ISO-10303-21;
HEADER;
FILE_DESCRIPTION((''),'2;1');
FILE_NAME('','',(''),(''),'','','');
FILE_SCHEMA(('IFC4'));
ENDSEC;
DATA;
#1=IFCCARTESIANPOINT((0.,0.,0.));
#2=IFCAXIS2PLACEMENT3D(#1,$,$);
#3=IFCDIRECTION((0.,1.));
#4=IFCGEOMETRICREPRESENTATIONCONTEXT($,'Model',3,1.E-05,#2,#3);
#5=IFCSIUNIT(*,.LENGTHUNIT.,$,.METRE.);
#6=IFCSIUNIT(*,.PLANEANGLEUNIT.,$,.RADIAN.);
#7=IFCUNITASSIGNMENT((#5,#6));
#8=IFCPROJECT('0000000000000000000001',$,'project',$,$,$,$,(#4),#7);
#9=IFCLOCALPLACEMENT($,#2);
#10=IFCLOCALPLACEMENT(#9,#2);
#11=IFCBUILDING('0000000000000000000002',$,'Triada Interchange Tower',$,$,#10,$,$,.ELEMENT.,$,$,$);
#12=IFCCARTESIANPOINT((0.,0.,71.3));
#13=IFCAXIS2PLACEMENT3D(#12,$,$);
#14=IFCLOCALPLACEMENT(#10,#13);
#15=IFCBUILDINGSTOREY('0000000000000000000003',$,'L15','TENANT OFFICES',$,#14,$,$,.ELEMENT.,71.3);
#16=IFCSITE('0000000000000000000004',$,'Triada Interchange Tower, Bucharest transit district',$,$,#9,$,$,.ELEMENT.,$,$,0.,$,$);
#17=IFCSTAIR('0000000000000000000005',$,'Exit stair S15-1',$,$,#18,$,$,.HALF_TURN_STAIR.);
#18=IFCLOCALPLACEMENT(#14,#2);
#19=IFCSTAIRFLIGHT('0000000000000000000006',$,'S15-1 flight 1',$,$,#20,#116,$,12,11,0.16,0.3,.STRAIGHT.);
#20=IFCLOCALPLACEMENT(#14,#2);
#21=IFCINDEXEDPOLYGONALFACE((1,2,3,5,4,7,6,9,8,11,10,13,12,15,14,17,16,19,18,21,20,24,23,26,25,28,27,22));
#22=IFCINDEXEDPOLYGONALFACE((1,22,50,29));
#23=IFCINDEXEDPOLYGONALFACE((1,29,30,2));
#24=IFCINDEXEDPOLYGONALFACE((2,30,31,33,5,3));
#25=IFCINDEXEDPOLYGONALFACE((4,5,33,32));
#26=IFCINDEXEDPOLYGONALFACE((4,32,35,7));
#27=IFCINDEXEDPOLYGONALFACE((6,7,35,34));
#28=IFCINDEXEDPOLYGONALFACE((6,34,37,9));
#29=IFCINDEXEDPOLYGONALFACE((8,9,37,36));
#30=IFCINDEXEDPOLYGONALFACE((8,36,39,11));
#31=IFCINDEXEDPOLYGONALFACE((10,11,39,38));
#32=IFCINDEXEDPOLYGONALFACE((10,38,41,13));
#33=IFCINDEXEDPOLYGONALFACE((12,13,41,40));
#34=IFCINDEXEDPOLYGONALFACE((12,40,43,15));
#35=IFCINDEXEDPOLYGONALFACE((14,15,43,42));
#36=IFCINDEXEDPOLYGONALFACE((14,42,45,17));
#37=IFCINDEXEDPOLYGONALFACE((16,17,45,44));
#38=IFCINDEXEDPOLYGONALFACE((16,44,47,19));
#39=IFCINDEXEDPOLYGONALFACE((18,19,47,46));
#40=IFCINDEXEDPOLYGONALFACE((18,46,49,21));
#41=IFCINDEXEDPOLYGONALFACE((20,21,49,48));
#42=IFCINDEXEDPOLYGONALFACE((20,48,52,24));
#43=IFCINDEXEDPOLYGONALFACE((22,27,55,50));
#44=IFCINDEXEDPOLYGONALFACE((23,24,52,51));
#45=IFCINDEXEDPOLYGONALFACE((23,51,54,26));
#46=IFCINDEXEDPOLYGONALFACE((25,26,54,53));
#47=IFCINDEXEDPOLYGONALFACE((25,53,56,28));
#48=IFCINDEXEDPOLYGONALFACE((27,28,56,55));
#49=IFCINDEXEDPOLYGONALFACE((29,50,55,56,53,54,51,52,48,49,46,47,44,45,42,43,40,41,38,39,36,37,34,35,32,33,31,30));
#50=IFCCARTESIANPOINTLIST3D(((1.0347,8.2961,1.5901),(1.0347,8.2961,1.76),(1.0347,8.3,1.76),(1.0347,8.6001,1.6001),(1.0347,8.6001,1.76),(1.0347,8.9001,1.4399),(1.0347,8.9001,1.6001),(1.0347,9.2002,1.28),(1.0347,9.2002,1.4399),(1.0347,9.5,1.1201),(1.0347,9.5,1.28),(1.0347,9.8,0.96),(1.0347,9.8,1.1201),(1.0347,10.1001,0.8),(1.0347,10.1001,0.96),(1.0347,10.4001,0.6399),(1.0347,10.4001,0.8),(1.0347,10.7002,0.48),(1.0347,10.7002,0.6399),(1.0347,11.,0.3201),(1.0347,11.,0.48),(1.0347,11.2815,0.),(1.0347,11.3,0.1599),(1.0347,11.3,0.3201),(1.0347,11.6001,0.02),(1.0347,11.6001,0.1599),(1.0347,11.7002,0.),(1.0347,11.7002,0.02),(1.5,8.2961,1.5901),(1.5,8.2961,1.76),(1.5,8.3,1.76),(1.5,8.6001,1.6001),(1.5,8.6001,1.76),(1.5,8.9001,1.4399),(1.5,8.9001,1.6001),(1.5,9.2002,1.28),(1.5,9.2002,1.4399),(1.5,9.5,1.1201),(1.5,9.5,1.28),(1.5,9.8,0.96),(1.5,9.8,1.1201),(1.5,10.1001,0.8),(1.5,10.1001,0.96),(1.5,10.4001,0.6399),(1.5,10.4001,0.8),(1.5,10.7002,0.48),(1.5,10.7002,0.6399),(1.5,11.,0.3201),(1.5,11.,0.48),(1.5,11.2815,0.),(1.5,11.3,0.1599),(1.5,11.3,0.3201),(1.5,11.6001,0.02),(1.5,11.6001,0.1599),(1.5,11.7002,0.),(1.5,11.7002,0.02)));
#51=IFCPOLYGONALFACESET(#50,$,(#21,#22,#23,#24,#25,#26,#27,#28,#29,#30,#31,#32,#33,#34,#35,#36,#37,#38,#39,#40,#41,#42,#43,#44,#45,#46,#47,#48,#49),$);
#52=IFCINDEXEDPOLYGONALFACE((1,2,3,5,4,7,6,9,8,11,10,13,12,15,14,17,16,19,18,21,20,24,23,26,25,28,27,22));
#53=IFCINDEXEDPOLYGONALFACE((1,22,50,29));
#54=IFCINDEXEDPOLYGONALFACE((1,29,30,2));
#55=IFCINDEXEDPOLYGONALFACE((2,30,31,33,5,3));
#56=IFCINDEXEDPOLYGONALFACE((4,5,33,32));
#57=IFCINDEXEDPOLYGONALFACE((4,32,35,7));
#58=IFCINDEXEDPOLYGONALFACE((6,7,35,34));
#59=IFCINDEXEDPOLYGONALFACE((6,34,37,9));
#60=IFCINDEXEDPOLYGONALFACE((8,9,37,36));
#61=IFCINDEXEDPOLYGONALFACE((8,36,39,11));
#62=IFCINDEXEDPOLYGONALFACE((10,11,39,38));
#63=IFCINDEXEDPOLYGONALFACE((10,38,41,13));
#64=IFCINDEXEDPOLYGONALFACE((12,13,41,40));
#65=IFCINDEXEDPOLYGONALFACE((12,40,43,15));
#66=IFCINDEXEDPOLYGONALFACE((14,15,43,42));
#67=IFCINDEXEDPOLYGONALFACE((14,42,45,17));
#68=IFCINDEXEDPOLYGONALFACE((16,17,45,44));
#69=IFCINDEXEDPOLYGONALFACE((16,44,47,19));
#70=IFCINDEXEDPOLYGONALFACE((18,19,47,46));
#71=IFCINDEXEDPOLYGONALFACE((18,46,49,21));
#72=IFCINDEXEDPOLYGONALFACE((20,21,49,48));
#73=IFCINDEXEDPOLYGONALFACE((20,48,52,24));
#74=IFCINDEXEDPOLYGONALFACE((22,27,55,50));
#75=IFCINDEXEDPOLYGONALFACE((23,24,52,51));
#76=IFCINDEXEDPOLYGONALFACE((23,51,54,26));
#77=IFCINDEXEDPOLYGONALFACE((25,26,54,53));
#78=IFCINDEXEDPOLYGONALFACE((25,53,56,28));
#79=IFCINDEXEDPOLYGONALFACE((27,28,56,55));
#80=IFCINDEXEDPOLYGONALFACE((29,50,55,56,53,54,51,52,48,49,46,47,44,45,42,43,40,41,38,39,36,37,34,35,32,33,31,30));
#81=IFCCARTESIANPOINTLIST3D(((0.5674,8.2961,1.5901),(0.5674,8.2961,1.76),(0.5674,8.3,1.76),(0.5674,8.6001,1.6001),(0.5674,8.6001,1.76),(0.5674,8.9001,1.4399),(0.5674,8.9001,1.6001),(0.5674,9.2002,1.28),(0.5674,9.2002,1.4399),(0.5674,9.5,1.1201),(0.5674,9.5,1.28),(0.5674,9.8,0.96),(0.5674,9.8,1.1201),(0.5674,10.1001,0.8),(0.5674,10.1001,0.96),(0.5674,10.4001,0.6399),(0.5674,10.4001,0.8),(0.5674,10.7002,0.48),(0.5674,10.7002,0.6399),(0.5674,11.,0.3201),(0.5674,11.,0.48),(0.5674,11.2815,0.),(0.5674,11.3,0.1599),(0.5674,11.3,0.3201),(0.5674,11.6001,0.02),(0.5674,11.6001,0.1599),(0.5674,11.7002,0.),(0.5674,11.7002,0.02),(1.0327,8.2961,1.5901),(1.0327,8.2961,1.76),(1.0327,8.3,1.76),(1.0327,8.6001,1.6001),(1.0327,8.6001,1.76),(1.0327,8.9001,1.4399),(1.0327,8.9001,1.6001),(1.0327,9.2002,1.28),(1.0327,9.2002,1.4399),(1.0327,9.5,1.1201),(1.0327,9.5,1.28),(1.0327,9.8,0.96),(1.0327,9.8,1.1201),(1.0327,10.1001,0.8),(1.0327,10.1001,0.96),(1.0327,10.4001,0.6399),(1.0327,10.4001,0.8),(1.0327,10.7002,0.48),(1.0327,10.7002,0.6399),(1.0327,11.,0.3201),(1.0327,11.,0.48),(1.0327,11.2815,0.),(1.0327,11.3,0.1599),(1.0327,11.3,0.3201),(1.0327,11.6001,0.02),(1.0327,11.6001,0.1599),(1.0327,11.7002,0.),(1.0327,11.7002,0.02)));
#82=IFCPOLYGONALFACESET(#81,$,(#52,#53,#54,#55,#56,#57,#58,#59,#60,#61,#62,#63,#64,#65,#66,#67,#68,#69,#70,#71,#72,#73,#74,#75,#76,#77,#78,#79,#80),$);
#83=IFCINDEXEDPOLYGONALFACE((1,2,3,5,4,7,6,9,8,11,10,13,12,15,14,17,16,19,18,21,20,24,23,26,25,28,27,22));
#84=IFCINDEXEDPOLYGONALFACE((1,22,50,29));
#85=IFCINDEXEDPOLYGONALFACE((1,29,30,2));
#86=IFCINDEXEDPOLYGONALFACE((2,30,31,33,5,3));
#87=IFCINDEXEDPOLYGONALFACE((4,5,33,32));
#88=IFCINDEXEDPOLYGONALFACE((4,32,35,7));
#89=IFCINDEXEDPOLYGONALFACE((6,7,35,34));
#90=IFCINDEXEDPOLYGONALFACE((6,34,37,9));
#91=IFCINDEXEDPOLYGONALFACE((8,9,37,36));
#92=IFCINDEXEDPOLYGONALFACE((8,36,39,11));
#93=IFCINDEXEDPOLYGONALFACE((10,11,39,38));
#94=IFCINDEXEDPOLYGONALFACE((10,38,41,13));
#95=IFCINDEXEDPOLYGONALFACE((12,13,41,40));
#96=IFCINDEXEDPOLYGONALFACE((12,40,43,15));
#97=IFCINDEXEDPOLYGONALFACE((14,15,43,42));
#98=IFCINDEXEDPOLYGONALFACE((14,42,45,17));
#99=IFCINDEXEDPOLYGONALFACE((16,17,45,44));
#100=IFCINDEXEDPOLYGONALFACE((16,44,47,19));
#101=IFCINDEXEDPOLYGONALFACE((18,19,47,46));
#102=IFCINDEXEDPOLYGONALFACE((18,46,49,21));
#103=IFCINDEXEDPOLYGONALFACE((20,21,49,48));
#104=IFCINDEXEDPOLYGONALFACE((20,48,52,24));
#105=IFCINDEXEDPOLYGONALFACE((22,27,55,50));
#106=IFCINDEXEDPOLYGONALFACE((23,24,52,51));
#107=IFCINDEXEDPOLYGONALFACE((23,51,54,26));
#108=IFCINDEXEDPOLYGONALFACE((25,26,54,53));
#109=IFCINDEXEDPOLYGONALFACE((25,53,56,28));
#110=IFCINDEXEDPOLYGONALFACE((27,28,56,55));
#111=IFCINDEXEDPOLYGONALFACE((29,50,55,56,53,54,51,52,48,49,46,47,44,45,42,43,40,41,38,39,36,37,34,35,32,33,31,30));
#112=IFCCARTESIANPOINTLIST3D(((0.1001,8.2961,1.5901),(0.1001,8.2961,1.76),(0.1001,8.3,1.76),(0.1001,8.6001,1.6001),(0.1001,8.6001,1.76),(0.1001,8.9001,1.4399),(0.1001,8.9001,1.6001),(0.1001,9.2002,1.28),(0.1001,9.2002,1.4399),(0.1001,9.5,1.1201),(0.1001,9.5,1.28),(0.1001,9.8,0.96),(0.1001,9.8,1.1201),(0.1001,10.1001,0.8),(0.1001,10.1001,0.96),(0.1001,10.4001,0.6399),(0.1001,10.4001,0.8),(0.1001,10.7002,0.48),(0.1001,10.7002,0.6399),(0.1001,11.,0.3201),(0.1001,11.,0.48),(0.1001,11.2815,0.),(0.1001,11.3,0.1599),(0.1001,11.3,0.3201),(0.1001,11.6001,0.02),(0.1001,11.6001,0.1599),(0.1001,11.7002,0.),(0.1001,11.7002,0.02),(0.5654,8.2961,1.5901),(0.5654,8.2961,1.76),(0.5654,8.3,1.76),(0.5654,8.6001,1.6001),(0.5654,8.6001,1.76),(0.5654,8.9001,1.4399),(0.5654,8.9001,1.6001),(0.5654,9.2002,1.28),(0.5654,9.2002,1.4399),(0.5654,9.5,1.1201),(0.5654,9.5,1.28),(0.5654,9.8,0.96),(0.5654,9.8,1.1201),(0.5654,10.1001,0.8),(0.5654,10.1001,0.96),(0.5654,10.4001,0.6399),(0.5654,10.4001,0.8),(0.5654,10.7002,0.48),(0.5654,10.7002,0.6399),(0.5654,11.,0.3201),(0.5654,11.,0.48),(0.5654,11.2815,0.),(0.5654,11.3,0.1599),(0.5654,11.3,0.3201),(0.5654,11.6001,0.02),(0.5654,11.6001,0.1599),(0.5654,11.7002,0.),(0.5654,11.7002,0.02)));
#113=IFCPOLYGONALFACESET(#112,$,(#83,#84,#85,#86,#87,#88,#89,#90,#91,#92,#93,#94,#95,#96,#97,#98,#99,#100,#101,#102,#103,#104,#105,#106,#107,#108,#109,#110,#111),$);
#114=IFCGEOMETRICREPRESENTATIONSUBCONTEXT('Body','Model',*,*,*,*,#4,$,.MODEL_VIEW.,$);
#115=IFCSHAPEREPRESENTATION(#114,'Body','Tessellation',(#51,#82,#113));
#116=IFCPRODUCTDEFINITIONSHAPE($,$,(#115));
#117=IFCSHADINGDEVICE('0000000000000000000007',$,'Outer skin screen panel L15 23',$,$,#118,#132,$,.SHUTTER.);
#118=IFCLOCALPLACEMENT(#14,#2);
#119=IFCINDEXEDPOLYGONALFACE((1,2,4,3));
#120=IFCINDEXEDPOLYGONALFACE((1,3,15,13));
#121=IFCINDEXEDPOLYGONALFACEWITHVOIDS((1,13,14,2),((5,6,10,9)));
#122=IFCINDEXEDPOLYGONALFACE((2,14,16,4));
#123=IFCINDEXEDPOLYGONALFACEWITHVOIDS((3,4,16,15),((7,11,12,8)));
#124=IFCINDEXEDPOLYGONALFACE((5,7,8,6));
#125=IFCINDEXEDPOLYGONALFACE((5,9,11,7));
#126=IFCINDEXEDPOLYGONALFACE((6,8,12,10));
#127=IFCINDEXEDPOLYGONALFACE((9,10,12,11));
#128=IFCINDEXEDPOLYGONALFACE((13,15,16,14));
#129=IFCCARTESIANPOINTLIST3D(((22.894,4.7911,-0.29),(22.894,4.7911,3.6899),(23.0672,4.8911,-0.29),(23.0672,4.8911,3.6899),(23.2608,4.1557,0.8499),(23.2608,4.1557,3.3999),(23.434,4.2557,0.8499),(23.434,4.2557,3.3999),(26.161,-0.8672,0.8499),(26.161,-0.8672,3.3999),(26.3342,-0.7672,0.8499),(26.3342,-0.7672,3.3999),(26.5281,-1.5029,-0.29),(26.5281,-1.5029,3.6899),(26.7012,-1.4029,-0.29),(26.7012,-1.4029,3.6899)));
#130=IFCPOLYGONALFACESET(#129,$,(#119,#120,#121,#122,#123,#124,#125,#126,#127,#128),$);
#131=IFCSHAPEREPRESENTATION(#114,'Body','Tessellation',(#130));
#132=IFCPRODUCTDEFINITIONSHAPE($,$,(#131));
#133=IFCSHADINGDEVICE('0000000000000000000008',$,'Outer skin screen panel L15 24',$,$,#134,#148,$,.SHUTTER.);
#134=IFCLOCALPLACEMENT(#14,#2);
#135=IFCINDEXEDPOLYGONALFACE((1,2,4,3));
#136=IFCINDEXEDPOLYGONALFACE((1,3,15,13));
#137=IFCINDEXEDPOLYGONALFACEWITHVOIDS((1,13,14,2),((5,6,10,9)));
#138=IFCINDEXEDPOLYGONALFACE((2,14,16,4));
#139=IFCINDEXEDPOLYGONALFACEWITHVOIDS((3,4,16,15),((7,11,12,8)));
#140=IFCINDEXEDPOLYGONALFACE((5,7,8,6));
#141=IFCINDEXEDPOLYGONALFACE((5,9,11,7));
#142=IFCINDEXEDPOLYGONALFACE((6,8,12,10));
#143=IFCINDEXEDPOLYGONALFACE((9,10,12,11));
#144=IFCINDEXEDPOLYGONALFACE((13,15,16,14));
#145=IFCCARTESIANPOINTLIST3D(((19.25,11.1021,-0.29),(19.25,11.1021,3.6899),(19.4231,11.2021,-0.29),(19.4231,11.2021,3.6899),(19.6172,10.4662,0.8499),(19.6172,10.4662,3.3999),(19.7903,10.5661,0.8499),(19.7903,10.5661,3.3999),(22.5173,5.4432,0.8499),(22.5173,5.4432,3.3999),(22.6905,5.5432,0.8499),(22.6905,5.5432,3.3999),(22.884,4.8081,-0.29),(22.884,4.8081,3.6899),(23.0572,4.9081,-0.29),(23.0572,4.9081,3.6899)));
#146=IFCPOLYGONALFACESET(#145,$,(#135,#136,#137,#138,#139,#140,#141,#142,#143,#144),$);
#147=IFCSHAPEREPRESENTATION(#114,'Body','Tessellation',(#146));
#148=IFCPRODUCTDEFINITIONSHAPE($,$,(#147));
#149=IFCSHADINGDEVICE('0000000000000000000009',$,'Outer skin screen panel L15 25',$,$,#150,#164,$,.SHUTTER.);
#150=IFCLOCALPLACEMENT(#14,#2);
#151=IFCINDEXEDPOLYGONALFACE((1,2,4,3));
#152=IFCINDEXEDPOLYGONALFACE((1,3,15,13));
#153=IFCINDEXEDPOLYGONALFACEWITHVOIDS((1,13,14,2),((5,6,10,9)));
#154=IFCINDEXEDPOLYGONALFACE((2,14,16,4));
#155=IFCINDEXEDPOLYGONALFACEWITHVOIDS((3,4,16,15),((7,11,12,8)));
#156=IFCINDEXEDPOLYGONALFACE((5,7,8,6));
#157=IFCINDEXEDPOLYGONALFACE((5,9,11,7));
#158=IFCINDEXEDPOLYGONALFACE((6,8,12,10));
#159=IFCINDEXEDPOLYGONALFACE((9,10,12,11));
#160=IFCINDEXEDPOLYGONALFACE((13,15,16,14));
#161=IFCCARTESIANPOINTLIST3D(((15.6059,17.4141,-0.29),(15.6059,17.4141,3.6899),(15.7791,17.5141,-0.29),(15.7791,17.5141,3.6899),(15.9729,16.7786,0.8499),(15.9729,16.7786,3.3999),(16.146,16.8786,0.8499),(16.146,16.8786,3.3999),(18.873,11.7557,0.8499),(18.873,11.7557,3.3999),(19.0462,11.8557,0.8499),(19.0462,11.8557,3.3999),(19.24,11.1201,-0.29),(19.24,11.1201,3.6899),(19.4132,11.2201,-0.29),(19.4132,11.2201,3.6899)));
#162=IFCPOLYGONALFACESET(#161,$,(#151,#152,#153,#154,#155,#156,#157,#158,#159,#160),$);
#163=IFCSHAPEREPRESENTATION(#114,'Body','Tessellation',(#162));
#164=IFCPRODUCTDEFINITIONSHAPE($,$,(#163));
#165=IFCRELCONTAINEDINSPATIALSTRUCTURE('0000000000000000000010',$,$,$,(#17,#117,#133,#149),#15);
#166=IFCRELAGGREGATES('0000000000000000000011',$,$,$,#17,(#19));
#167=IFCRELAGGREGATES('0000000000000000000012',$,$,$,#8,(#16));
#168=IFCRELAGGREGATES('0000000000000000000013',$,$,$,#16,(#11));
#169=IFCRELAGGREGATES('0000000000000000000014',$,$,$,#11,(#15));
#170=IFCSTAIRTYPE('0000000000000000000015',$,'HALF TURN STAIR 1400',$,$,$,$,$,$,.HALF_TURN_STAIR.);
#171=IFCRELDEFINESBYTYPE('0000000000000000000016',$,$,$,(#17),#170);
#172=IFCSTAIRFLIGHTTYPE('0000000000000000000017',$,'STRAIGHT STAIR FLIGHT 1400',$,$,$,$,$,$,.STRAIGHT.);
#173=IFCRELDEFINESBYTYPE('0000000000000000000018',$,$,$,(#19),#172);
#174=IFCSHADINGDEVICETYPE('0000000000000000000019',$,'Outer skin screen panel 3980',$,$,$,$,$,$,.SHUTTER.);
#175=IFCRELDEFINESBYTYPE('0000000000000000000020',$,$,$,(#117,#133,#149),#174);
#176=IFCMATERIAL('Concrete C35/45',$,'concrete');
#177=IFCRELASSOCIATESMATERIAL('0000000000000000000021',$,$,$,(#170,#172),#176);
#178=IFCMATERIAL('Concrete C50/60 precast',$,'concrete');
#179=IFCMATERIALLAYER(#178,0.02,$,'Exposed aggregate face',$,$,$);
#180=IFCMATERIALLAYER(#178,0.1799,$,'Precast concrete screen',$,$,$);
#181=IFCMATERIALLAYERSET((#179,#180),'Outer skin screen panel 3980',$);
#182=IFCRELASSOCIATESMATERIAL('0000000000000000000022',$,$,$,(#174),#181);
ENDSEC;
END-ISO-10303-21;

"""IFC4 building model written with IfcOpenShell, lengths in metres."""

from ifc_helpers import new_model, si_unit, direction, frame, origin, place, context, subcontext, project, spatial, polyline, outline, extrude, material, layer, layer_set, type_object, element, aggregate, save


model = new_model("IFC4")

# Units and contexts
model_context = context("Model", 3, precision=1e-05, world=origin(), true_north=direction((0.0, 1.0)))
body_context = subcontext(model_context, "Body", "Model", "MODEL_VIEW")
ifc_project = project(units=[si_unit("LENGTHUNIT", "METRE"), si_unit("PLANEANGLEUNIT", "RADIAN")], contexts=[model_context])

# Site, building, storey
site_placement = place(None, origin())
site = spatial("IfcSite", under=ifc_project, at=site_placement, Name="Triada Interchange Tower, Bucharest transit district", CompositionType="ELEMENT", RefElevation=0.0)
building_placement = place(site_placement, origin())
building = spatial("IfcBuilding", under=site, at=building_placement, Name="Triada Interchange Tower", CompositionType="ELEMENT")
storey_placement = place(building_placement, frame((0.0, 0.0, 71.3)))
storey = spatial("IfcBuildingStorey", under=building, at=storey_placement, Name="L15", Description="TENANT OFFICES", CompositionType="ELEMENT", Elevation=71.3)

# Stair
ifc_material_1 = material(Name="Concrete C35/45", Category="concrete")
stair_type = type_object("IfcStairType", Name="HALF TURN STAIR 1400", PredefinedType="HALF_TURN_STAIR", material=ifc_material_1)
stair_1_placement = place(storey_placement, origin())
stair_1 = element("IfcStair", 1, at=stair_1_placement, inside=storey, type_object=stair_type, Name="Exit stair S15-1", PredefinedType="HALF_TURN_STAIR")

# Stair flight
stair_flight_type = type_object("IfcStairFlightType", Name="STRAIGHT STAIR FLIGHT 1400", PredefinedType="STRAIGHT", material=ifc_material_1)
stair_flight_placement = place(storey_placement, frame((0.8, 11.6001, 0.0), z_axis=(0.0, 0.0, 1.0), x_axis=(0.0, -1.0, 0.0)))
stair_flight = element("IfcStairFlight", 2, at=stair_flight_placement, type_object=stair_flight_type, Name="S15-1 flight 1", NumberOfRisers=12, NumberOfTreads=11, PredefinedType="STRAIGHT", RiserHeight=0.16, TreadLength=0.3, context=body_context, shape_type="SweptSolid", body=[
    extrude(outline(polyline([(-0.1001, 0.0), (-0.1001, 0.02), (0.0, 0.02), (0.0, 0.1599), (0.3, 0.1599), (0.3, 0.3201), (0.6001, 0.3201), (0.6001, 0.48), (0.8999, 0.48), (0.8999, 0.6399), (1.2, 0.6399), (1.2, 0.8), (1.5, 0.8), (1.5, 0.96), (1.8, 0.96), (1.8, 1.1201), (2.1001, 1.1201), (2.1001, 1.28), (2.3999, 1.28), (2.3999, 1.4399), (2.7, 1.4399), (2.7, 1.6001), (3.0, 1.6001), (3.0, 1.76), (3.3, 1.76), (3.304, 1.76), (3.304, 1.9199), (3.304, 1.5901), (0.3186, 0.0), (-0.1001, 0.0)])), frame((0.0, 0.7, 0.0), z_axis=(0.0, -1.0, 0.0), x_axis=(1.0, 0.0, 0.0)), (0.0, 0.0, 1.0), 0.4653),
    extrude(outline(polyline([(-0.1001, 0.0), (-0.1001, 0.02), (0.0, 0.02), (0.0, 0.1599), (0.3, 0.1599), (0.3, 0.3201), (0.6001, 0.3201), (0.6001, 0.48), (0.8999, 0.48), (0.8999, 0.6399), (1.2, 0.6399), (1.2, 0.8), (1.5, 0.8), (1.5, 0.96), (1.8, 0.96), (1.8, 1.1201), (2.1001, 1.1201), (2.1001, 1.28), (2.3999, 1.28), (2.3999, 1.4399), (2.7, 1.4399), (2.7, 1.6001), (3.0, 1.6001), (3.0, 1.76), (3.3, 1.76), (3.304, 1.76), (3.304, 1.9199), (3.304, 1.5901), (0.3186, 0.0), (-0.1001, 0.0)])), frame((0.0, 0.2327, 0.0), z_axis=(0.0, -1.0, 0.0), x_axis=(1.0, 0.0, 0.0)), (0.0, 0.0, 1.0), 0.4653),
    extrude(outline(polyline([(-0.1001, 0.0), (-0.1001, 0.02), (0.0, 0.02), (0.0, 0.1599), (0.3, 0.1599), (0.3, 0.3201), (0.6001, 0.3201), (0.6001, 0.48), (0.8999, 0.48), (0.8999, 0.6399), (1.2, 0.6399), (1.2, 0.8), (1.5, 0.8), (1.5, 0.96), (1.8, 0.96), (1.8, 1.1201), (2.1001, 1.1201), (2.1001, 1.28), (2.3999, 1.28), (2.3999, 1.4399), (2.7, 1.4399), (2.7, 1.6001), (3.0, 1.6001), (3.0, 1.76), (3.3, 1.76), (3.304, 1.76), (3.304, 1.9199), (3.304, 1.5901), (0.3186, 0.0), (-0.1001, 0.0)])), frame((0.0, -0.2346, 0.0), z_axis=(0.0, -1.0, 0.0), x_axis=(1.0, 0.0, 0.0)), (0.0, 0.0, 1.0), 0.4653),
])

# Shading devices
ifc_material_2 = material(Name="Concrete C50/60 precast", Category="concrete")
ifc_layer_1 = layer(ifc_material_2, 0.02, Name="Exposed aggregate face")
ifc_layer_2 = layer(ifc_material_2, 0.1799, Name="Precast concrete screen")
ifc_layer_set_1 = layer_set([ifc_layer_1, ifc_layer_2], Name="Outer skin screen panel 3980")
shading_device_type = type_object("IfcShadingDeviceType", Name="Outer skin screen panel 3980", PredefinedType="SHUTTER", material=ifc_layer_set_1)
shading_device_1_placement = place(storey_placement, frame((26.5281, -1.5029, -0.29), z_axis=(0.0, 0.0, 1.0), x_axis=(-0.500023, 0.866012, 0.0)))
element("IfcShadingDevice", 3, at=shading_device_1_placement, inside=storey, type_object=shading_device_type, Name="Outer skin screen panel L15 23", PredefinedType="SHUTTER", context=body_context, shape_type="SweptSolid", body=[
    extrude(outline(polyline([(0.0, 0.0), (7.2678, 0.0), (7.2678, 3.98), (0.0, 3.98), (0.0, 0.0)]), holes=[polyline([(0.7341, 1.1399), (0.7341, 3.6899), (6.5342, 3.6899), (6.5342, 1.1399), (0.7341, 1.1399)])]), frame((0.0, 0.0, 0.0), z_axis=(0.0, -1.0, 0.0), x_axis=(1.0, 0.0, 0.0)), (0.0, 0.0, 1.0), 0.2),
])
shading_device_2_placement = place(storey_placement, frame((22.884, 4.8081, -0.29), z_axis=(0.0, 0.0, 1.0), x_axis=(-0.500023, 0.866012, 0.0)))
element("IfcShadingDevice", 4, at=shading_device_2_placement, inside=storey, type_object=shading_device_type, Name="Outer skin screen panel L15 24", PredefinedType="SHUTTER", context=body_context, shape_type="SweptSolid", body=[
    extrude(outline(polyline([(0.0, 0.0), (7.2678, 0.0), (7.2678, 3.98), (0.0, 3.98), (0.0, 0.0)]), holes=[polyline([(0.7334, 1.1399), (0.7334, 3.6899), (6.5334, 3.6899), (6.5334, 1.1399), (0.7334, 1.1399)])]), frame((0.0, 0.0, 0.0), z_axis=(0.0, -1.0, 0.0), x_axis=(1.0, 0.0, 0.0)), (0.0, 0.0, 1.0), 0.2),
])
shading_device_3_placement = place(storey_placement, frame((19.24, 11.1201, -0.29), z_axis=(0.0, 0.0, 1.0), x_axis=(-0.500023, 0.866012, 0.0)))
element("IfcShadingDevice", 5, at=shading_device_3_placement, inside=storey, type_object=shading_device_type, Name="Outer skin screen panel L15 25", PredefinedType="SHUTTER", context=body_context, shape_type="SweptSolid", body=[
    extrude(outline(polyline([(0.0, 0.0), (7.2678, 0.0), (7.2678, 3.98), (0.0, 3.98), (0.0, 0.0)]), holes=[polyline([(0.7339, 1.1399), (0.7339, 3.6899), (6.5339, 3.6899), (6.5339, 1.1399), (0.7339, 1.1399)])]), frame((0.0, 0.0, 0.0), z_axis=(0.0, -1.0, 0.0), x_axis=(1.0, 0.0, 0.0)), (0.0, 0.0, 1.0), 0.2),
])

aggregate(stair_1, [stair_flight])

save(model, "model.ifc")
